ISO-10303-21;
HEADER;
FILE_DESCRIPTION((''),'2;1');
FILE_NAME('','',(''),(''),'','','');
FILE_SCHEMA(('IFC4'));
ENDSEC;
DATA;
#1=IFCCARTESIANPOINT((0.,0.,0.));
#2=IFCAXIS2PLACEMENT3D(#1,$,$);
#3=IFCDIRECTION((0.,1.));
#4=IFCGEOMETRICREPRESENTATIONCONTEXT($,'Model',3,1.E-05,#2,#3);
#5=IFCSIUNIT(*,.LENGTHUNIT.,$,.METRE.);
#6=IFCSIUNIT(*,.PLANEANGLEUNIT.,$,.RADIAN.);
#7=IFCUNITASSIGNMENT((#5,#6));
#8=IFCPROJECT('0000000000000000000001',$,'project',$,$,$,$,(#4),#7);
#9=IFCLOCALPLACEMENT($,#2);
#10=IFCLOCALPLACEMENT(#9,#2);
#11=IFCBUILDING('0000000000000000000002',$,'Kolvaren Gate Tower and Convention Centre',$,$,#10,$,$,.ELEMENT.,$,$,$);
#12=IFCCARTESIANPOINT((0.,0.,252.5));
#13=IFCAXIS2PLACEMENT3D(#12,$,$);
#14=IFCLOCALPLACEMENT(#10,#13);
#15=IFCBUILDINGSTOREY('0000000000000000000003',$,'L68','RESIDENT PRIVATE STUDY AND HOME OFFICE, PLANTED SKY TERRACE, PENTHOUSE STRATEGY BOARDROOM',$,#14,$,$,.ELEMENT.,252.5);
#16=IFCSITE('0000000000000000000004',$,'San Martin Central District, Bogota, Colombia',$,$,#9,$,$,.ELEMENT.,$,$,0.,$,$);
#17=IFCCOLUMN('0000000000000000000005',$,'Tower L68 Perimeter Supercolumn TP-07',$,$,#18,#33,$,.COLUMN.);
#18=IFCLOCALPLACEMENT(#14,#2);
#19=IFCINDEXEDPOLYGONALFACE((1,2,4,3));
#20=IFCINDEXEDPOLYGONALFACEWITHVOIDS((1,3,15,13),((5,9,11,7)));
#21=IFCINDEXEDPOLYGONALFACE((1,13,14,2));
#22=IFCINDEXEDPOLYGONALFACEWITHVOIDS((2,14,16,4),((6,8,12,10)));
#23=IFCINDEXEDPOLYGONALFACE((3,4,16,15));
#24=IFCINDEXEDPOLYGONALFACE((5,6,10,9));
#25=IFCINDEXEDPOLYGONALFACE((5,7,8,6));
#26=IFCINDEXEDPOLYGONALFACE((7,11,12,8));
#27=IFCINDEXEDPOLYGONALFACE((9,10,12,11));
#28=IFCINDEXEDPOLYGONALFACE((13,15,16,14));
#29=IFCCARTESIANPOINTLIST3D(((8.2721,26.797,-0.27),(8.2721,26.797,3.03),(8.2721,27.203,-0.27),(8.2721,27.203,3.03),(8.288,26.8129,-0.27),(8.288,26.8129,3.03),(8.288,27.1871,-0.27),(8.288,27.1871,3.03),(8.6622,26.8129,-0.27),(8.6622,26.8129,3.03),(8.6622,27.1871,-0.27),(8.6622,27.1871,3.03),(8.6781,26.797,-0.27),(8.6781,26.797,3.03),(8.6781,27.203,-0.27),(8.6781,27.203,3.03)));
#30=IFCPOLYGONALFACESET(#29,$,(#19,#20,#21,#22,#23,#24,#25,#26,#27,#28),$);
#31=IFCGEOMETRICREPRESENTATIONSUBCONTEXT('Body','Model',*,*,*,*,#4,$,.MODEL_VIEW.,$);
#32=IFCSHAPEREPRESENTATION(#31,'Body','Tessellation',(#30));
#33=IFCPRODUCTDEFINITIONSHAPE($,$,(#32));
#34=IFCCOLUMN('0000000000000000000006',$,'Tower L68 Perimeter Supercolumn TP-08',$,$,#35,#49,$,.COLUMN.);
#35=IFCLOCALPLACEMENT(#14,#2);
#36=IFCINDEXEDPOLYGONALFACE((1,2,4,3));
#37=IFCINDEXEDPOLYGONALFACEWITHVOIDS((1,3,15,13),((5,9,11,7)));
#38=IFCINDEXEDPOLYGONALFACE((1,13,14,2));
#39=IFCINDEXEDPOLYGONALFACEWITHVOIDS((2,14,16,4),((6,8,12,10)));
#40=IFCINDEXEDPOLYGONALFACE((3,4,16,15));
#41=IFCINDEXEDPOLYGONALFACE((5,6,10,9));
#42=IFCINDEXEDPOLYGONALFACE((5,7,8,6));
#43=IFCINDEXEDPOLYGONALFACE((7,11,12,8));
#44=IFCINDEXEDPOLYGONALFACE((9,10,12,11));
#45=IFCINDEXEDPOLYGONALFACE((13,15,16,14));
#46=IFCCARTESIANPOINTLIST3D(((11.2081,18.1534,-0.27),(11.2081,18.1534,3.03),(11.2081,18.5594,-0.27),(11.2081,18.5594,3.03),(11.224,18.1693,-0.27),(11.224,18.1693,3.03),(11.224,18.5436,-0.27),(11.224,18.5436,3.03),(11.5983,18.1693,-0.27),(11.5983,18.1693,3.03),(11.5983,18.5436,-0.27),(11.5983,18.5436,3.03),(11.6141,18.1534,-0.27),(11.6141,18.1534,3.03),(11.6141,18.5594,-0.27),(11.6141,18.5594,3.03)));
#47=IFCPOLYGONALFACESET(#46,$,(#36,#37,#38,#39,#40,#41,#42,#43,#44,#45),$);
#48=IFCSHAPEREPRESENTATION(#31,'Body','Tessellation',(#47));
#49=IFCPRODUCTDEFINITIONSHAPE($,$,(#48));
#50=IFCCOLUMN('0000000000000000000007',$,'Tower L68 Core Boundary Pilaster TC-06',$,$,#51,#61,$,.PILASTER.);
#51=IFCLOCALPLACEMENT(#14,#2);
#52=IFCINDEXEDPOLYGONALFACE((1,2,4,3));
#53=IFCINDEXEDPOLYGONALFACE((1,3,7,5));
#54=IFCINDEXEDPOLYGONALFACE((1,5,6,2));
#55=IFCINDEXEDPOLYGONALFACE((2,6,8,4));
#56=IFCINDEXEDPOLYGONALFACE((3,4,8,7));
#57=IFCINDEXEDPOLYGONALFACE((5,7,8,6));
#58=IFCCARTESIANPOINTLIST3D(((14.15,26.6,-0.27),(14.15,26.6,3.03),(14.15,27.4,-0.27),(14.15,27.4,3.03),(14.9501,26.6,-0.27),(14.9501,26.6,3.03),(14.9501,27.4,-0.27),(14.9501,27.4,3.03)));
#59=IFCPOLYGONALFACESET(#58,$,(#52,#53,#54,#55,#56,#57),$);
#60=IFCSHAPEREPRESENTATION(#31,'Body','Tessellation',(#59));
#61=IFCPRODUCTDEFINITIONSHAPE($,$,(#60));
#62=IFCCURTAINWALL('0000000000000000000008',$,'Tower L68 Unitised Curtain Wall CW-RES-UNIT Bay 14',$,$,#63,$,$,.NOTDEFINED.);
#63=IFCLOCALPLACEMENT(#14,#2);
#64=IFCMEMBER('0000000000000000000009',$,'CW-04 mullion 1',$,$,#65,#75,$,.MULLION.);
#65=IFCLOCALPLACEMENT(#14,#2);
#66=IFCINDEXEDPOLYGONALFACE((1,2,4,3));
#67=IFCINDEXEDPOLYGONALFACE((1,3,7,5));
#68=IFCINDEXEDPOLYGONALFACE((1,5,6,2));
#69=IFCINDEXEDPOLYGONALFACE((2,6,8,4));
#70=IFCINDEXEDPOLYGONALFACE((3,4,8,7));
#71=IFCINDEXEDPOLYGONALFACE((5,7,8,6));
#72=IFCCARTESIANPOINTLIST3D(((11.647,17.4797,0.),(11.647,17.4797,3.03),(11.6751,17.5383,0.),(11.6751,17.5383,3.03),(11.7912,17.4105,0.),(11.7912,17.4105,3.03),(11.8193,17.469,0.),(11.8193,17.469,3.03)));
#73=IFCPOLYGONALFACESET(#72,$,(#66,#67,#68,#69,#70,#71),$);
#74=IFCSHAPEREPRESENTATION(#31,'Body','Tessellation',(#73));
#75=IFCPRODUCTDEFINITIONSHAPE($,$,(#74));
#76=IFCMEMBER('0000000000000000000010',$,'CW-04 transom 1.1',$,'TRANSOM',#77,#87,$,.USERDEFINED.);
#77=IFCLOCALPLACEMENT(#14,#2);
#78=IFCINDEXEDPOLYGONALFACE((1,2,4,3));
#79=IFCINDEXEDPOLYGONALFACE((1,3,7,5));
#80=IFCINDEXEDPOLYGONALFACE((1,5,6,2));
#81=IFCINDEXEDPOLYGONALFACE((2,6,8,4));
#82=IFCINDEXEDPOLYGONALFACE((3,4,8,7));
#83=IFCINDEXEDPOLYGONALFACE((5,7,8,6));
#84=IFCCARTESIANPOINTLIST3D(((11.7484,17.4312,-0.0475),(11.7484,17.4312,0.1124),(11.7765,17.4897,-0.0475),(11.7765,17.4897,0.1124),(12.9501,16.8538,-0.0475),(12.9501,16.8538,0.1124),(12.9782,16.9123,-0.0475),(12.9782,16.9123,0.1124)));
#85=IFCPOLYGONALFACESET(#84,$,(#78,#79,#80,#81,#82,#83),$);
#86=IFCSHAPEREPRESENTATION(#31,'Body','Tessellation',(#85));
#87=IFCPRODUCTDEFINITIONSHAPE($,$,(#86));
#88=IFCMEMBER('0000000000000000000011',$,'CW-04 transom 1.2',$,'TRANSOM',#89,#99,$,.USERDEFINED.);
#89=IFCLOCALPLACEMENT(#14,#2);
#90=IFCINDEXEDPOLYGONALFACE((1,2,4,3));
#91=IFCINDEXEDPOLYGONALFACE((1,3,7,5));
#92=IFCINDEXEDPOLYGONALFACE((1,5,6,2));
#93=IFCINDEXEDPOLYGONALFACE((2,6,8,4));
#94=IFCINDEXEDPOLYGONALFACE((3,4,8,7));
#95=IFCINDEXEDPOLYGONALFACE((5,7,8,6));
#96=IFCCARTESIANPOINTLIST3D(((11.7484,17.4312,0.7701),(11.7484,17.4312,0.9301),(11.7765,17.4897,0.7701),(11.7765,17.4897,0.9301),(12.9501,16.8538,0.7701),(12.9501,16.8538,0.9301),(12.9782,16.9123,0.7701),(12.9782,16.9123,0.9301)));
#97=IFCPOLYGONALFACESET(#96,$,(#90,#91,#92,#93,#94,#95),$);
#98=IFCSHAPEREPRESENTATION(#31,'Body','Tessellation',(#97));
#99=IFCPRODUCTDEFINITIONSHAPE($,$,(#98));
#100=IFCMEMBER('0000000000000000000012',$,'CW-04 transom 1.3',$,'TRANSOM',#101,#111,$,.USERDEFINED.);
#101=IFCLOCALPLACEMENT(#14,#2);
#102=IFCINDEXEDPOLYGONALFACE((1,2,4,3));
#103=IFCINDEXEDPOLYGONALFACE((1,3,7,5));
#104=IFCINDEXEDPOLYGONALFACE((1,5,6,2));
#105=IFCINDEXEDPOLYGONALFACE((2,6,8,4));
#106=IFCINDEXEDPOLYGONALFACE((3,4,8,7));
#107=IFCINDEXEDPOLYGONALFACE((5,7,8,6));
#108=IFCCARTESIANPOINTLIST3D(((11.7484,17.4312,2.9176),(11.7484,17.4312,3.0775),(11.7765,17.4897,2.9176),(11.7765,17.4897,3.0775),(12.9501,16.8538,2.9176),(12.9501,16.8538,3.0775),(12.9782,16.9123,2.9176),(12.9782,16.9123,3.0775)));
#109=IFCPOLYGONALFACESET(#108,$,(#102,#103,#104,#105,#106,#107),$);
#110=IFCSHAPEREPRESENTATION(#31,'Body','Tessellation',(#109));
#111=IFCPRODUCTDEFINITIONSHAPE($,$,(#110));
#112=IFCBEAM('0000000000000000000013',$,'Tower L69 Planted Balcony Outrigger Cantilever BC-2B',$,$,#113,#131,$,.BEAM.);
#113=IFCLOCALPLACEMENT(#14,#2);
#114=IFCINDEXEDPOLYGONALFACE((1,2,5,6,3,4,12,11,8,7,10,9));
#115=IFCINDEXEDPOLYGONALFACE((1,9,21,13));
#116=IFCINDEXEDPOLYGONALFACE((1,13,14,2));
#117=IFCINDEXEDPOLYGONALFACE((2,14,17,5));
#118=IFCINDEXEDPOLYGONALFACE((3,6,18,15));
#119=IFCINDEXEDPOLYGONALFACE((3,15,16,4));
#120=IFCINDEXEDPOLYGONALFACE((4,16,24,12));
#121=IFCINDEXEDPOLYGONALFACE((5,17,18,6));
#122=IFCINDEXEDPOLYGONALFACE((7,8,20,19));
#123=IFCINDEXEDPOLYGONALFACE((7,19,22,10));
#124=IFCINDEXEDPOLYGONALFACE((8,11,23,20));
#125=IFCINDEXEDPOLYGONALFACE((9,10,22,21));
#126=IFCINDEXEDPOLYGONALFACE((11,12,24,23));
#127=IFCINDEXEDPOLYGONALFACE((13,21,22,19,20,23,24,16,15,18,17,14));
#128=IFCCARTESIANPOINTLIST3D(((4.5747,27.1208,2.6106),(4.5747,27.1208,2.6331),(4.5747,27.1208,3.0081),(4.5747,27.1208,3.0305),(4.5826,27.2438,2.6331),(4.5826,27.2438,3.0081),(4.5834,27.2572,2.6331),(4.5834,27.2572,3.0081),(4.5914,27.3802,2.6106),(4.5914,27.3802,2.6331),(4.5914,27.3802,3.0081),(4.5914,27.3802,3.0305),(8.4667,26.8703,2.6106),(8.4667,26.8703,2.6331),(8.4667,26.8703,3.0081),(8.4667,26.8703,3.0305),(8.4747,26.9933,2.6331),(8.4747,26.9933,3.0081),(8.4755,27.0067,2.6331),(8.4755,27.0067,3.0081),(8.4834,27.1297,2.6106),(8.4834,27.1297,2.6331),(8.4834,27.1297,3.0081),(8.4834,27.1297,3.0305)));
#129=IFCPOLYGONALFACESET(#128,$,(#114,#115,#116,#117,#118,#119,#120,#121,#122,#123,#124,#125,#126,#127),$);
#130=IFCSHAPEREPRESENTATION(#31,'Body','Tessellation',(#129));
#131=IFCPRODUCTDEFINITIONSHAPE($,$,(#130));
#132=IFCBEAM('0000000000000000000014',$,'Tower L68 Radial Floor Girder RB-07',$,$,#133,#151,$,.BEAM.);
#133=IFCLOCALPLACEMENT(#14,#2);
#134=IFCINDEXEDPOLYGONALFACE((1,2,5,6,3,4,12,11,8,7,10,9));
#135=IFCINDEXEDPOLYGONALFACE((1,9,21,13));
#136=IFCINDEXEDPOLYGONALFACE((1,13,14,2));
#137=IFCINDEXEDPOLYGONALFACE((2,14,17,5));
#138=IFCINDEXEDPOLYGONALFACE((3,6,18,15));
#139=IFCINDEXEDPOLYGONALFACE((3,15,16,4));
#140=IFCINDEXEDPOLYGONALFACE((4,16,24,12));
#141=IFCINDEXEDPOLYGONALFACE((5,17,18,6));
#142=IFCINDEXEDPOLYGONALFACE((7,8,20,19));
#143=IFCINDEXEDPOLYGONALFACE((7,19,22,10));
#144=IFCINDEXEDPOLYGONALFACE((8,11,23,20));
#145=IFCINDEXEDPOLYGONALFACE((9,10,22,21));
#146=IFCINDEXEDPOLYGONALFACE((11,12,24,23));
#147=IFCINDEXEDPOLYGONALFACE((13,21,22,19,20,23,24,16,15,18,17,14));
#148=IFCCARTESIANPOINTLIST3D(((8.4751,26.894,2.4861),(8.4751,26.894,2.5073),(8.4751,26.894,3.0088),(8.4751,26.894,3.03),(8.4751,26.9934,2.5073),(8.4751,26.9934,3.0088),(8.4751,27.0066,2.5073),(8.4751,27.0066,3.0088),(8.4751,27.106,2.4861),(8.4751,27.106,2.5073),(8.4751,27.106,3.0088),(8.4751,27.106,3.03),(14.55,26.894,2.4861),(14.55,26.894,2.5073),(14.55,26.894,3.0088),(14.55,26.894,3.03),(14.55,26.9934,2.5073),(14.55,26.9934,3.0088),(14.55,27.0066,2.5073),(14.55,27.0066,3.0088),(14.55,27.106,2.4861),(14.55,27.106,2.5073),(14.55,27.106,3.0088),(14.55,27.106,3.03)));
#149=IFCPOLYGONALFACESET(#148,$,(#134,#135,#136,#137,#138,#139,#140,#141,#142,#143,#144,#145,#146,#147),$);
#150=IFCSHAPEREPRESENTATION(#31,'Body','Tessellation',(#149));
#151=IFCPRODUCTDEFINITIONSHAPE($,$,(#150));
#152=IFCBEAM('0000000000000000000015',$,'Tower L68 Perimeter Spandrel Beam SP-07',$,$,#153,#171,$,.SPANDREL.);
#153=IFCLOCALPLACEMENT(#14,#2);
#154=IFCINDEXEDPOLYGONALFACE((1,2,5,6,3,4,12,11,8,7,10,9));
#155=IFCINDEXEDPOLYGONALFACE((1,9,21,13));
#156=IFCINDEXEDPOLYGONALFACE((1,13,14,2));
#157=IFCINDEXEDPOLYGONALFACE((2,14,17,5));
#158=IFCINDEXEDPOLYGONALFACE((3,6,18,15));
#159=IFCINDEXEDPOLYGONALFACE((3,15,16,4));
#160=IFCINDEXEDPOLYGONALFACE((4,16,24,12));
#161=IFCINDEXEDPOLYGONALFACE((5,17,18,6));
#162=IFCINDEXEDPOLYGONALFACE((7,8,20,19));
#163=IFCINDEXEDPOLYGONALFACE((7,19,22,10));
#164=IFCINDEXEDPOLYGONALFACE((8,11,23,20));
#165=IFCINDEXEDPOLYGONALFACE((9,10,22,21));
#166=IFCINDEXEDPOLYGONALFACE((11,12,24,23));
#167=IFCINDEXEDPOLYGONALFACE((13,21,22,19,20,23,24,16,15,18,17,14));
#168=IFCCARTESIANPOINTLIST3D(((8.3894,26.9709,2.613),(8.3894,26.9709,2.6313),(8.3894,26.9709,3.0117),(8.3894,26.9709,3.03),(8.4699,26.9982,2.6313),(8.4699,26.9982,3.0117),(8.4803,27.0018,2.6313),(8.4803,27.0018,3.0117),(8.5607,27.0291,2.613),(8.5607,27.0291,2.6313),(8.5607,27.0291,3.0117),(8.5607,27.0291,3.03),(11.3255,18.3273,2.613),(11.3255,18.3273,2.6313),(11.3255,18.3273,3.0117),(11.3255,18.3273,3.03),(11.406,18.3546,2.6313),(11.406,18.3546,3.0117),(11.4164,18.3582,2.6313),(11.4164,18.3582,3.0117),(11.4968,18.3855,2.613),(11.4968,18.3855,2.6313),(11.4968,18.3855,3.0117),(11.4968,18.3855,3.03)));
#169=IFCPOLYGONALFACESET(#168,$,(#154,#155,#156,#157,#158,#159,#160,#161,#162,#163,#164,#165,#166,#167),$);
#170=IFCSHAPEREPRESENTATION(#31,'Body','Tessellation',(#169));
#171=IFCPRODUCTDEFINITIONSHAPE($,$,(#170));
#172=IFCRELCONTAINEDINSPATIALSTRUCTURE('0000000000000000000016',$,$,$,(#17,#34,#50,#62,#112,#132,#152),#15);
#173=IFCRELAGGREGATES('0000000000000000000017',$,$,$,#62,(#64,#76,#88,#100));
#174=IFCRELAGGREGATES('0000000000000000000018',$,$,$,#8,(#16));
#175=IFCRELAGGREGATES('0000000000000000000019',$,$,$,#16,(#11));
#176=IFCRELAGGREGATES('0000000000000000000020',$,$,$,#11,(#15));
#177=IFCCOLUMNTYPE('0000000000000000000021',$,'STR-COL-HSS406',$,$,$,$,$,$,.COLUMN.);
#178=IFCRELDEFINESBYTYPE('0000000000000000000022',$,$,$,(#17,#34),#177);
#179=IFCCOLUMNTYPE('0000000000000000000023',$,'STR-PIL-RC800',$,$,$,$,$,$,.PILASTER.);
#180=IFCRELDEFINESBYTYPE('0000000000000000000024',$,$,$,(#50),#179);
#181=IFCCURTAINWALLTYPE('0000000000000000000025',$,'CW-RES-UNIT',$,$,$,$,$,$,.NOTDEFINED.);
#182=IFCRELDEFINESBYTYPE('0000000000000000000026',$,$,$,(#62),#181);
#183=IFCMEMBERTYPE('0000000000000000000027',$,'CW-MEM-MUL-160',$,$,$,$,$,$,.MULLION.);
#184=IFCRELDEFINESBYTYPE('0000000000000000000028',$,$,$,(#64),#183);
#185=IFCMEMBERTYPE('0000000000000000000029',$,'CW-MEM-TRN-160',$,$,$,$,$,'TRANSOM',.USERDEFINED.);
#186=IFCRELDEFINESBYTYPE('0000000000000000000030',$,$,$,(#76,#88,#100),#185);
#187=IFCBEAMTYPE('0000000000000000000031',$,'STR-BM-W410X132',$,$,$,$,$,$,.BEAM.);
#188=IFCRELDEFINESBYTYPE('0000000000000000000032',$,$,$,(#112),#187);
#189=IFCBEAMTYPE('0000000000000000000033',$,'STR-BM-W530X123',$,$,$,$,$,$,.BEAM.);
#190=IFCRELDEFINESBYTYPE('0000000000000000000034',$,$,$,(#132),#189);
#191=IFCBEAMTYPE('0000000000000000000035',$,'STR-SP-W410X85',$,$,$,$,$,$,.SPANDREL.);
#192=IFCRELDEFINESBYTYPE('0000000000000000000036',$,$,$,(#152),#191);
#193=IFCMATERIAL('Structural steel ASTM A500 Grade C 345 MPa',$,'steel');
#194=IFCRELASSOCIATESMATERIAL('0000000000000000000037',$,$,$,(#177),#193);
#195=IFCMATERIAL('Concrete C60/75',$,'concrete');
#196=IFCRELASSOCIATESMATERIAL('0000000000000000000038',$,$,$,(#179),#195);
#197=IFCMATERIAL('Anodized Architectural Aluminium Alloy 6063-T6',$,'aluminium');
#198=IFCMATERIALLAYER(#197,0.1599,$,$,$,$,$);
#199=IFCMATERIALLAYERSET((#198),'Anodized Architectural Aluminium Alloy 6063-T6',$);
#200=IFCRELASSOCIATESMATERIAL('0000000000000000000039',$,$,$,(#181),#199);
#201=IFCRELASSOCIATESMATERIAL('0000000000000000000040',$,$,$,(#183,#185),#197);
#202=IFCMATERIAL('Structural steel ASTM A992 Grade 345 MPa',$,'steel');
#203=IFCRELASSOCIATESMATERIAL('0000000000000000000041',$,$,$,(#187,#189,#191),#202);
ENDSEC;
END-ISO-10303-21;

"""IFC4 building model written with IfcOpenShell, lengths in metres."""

from ifc_helpers import new_model, si_unit, direction, frame, origin, origin_2d, place, context, subcontext, project, spatial, rectangle, hollow_rectangle, i_section, extrude, material, layer, layer_set, material_profile, profile_set, type_object, element, aggregate, save


model = new_model("IFC4")

# Units and contexts
model_context = context("Model", 3, precision=1e-05, world=origin(), true_north=direction((0.0, 1.0)))
body_context = subcontext(model_context, "Body", "Model", "MODEL_VIEW")
ifc_project = project(units=[si_unit("LENGTHUNIT", "METRE"), si_unit("PLANEANGLEUNIT", "RADIAN")], contexts=[model_context])

# Site, building, storey
site_placement = place(None, origin())
site = spatial("IfcSite", under=ifc_project, at=site_placement, Name="San Martin Central District, Bogota, Colombia", CompositionType="ELEMENT", RefElevation=0.0)
building_placement = place(site_placement, origin())
building = spatial("IfcBuilding", under=site, at=building_placement, Name="Kolvaren Gate Tower and Convention Centre", CompositionType="ELEMENT")
storey_placement = place(building_placement, frame((0.0, 0.0, 252.5)))
storey = spatial("IfcBuildingStorey", under=building, at=storey_placement, Name="L68", Description="RESIDENT PRIVATE STUDY AND HOME OFFICE, PLANTED SKY TERRACE, PENTHOUSE STRATEGY BOARDROOM", CompositionType="ELEMENT", Elevation=252.5)

# Columns
ifc_material_1 = material(Name="Structural steel ASTM A500 Grade C 345 MPa", Category="steel")
ifc_material_profile_1 = material_profile(ifc_material_1, hollow_rectangle(XDim=0.406, YDim=0.406, WallThickness=0.0159, at=origin_2d()), Name="HSS406X406X15.9")
ifc_profile_set_1 = profile_set([ifc_material_profile_1], Name="Structural steel ASTM A500 Grade C 345 MPa")
column_type_1 = type_object("IfcColumnType", Name="STR-COL-HSS406", PredefinedType="COLUMN", material=ifc_profile_set_1)
for number, where, z_axis, x_axis, name in (
    (1, (8.4751, 27.0, -0.27), (0.0, 0.0, 1.0), (1.0, 0.0, 0.0), "Tower L68 Perimeter Supercolumn TP-07"),
    (2, (11.4111, 18.3564, -0.27), (0.0, 0.0, 1.0), (1.0, 0.0, 0.0), "Tower L68 Perimeter Supercolumn TP-08"),
):
    element("IfcColumn", number, at=place(storey_placement, frame(where, z_axis=z_axis, x_axis=x_axis)), inside=storey, type_object=column_type_1, Name=name, PredefinedType="COLUMN", context=body_context, shape_type="SweptSolid", body=[
        extrude(hollow_rectangle(XDim=0.406, YDim=0.406, WallThickness=0.0159, at=origin_2d()), origin(), (0.0, 0.0, 1.0), 3.3),
    ])
ifc_material_2 = material(Name="Concrete C60/75", Category="concrete")
ifc_material_profile_2 = material_profile(ifc_material_2, rectangle(XDim=0.8, YDim=0.8, at=origin_2d()), Name="RC-COL-800X800")
ifc_profile_set_2 = profile_set([ifc_material_profile_2], Name="Concrete C60/75")
column_type_2 = type_object("IfcColumnType", Name="STR-PIL-RC800", PredefinedType="PILASTER", material=ifc_profile_set_2)
column_placement = place(storey_placement, frame((14.55, 27.0, -0.27), z_axis=(0.0, 0.0, 1.0), x_axis=(1.0, 0.0, 0.0)))
element("IfcColumn", 3, at=column_placement, inside=storey, type_object=column_type_2, Name="Tower L68 Core Boundary Pilaster TC-06", PredefinedType="PILASTER", context=body_context, shape_type="SweptSolid", body=[
    extrude(rectangle(XDim=0.8, YDim=0.8, at=origin_2d()), origin(), (0.0, 0.0, 1.0), 3.3),
])

# Curtain wall, members
ifc_material_3 = material(Name="Anodized Architectural Aluminium Alloy 6063-T6", Category="aluminium")
ifc_layer_1 = layer(ifc_material_3, 0.1599)
ifc_layer_set_1 = layer_set([ifc_layer_1], Name="Anodized Architectural Aluminium Alloy 6063-T6")
curtain_wall_type = type_object("IfcCurtainWallType", Name="CW-RES-UNIT", PredefinedType="NOTDEFINED", material=ifc_layer_set_1)
curtain_wall_placement = place(storey_placement, origin())
curtain_wall = element("IfcCurtainWall", 4, at=curtain_wall_placement, inside=storey, type_object=curtain_wall_type, Name="Tower L68 Unitised Curtain Wall CW-RES-UNIT Bay 14", PredefinedType="NOTDEFINED")
ifc_material_profile_3 = material_profile(ifc_material_3, rectangle(XDim=0.0649, YDim=0.1599, at=origin_2d()), Name="CW-MEM-MUL-160")
ifc_profile_set_3 = profile_set([ifc_material_profile_3], Name="Anodized Architectural Aluminium Alloy 6063-T6")
member_type_1 = type_object("IfcMemberType", Name="CW-MEM-MUL-160", PredefinedType="MULLION", material=ifc_profile_set_3)
member_1_placement = place(storey_placement, frame((11.7332, 17.4744, 0.0), z_axis=(0.0, 0.0, 1.0), x_axis=(0.433067, 0.901362, 0.0)))
member_1 = element("IfcMember", 5, at=member_1_placement, type_object=member_type_1, Name="CW-04 mullion 1", PredefinedType="MULLION", context=body_context, shape_type="SweptSolid", body=[
    extrude(rectangle(XDim=0.0649, YDim=0.1599, at=origin_2d()), origin(), (0.0, 0.0, 1.0), 3.03),
])
ifc_material_profile_4 = material_profile(ifc_material_3, rectangle(XDim=0.0649, YDim=0.1599, at=origin_2d()), Name="CW-MEM-TRN-160")
ifc_profile_set_4 = profile_set([ifc_material_profile_4], Name="Anodized Architectural Aluminium Alloy 6063-T6")
member_type_2 = type_object("IfcMemberType", Name="CW-MEM-TRN-160", ElementType="TRANSOM", PredefinedType="USERDEFINED", material=ifc_profile_set_4)
member_2_placement = place(storey_placement, frame((11.7625, 17.4604, 0.0325), z_axis=(0.901349, -0.433094, 0.0), x_axis=(0.433094, 0.901349, 0.0)))
member_2 = element("IfcMember", 6, at=member_2_placement, type_object=member_type_2, Name="CW-04 transom 1.1", ObjectType="TRANSOM", PredefinedType="USERDEFINED", context=body_context, shape_type="SweptSolid", body=[
    extrude(rectangle(XDim=0.0649, YDim=0.1599, at=origin_2d()), origin(), (0.0, 0.0, 1.0), 1.3333),
])
member_3_placement = place(storey_placement, frame((11.7625, 17.4604, 0.8501), z_axis=(0.901349, -0.433094, 0.0), x_axis=(0.433094, 0.901349, 0.0)))
member_3 = element("IfcMember", 7, at=member_3_placement, type_object=member_type_2, Name="CW-04 transom 1.2", ObjectType="TRANSOM", PredefinedType="USERDEFINED", context=body_context, shape_type="SweptSolid", body=[
    extrude(rectangle(XDim=0.0649, YDim=0.1599, at=origin_2d()), origin(), (0.0, 0.0, 1.0), 1.3333),
])
member_4_placement = place(storey_placement, frame((11.7625, 17.4604, 2.9976), z_axis=(0.901349, -0.433094, 0.0), x_axis=(0.433094, 0.901349, 0.0)))
member_4 = element("IfcMember", 8, at=member_4_placement, type_object=member_type_2, Name="CW-04 transom 1.3", ObjectType="TRANSOM", PredefinedType="USERDEFINED", context=body_context, shape_type="SweptSolid", body=[
    extrude(rectangle(XDim=0.0649, YDim=0.1599, at=origin_2d()), origin(), (0.0, 0.0, 1.0), 1.3333),
])
aggregate(curtain_wall, [member_1, member_2, member_3, member_4])

# Beams
ifc_material_4 = material(Name="Structural steel ASTM A992 Grade 345 MPa", Category="steel")
ifc_material_profile_5 = material_profile(ifc_material_4, i_section(OverallWidth=0.26, OverallDepth=0.4199, WebThickness=0.0134, FlangeThickness=0.0225, at=origin_2d()), Name="W410X132")
ifc_profile_set_5 = profile_set([ifc_material_profile_5], Name="Structural steel ASTM A992 Grade 345 MPa")
beam_type_1 = type_object("IfcBeamType", Name="STR-BM-W410X132", PredefinedType="BEAM", material=ifc_profile_set_5)
beam_1_placement = place(storey_placement, frame((8.4751, 27.0, 2.8206), z_axis=(-0.997935, 0.064225, 0.0), x_axis=(-0.064225, -0.997935, 0.0)))
element("IfcBeam", 9, at=beam_1_placement, inside=storey, type_object=beam_type_1, Name="Tower L69 Planted Balcony Outrigger Cantilever BC-2B", PredefinedType="BEAM", context=body_context, shape_type="SweptSolid", body=[
    extrude(i_section(OverallWidth=0.26, OverallDepth=0.4199, WebThickness=0.0134, FlangeThickness=0.0225, at=origin_2d()), origin(), (0.0, 0.0, 1.0), 3.9001),
])
ifc_material_profile_6 = material_profile(ifc_material_4, i_section(OverallWidth=0.2119, OverallDepth=0.5439, WebThickness=0.0132, FlangeThickness=0.0212, at=origin_2d()), Name="W530X123")
ifc_profile_set_6 = profile_set([ifc_material_profile_6], Name="Structural steel ASTM A992 Grade 345 MPa")
beam_type_2 = type_object("IfcBeamType", Name="STR-BM-W530X123", PredefinedType="BEAM", material=ifc_profile_set_6)
beam_2_placement = place(storey_placement, frame((14.55, 27.0, 2.7581), z_axis=(-1.0, 0.0, 0.0), x_axis=(0.0, -1.0, 0.0)))
element("IfcBeam", 10, at=beam_2_placement, inside=storey, type_object=beam_type_2, Name="Tower L68 Radial Floor Girder RB-07", PredefinedType="BEAM", context=body_context, shape_type="SweptSolid", body=[
    extrude(i_section(OverallWidth=0.2119, OverallDepth=0.5439, WebThickness=0.0132, FlangeThickness=0.0212, at=origin_2d()), origin(), (0.0, 0.0, 1.0), 6.075),
])
ifc_material_profile_7 = material_profile(ifc_material_4, i_section(OverallWidth=0.1809, OverallDepth=0.417, WebThickness=0.011, FlangeThickness=0.0183, at=origin_2d()), Name="W410X85")
ifc_profile_set_7 = profile_set([ifc_material_profile_7], Name="Structural steel ASTM A992 Grade 345 MPa")
beam_type_3 = type_object("IfcBeamType", Name="STR-SP-W410X85", PredefinedType="SPANDREL", material=ifc_profile_set_7)
beam_3_placement = place(storey_placement, frame((8.4751, 27.0, 2.8215), z_axis=(0.32163, -0.946865, 0.0), x_axis=(0.946865, 0.32163, 0.0)))
element("IfcBeam", 11, at=beam_3_placement, inside=storey, type_object=beam_type_3, Name="Tower L68 Perimeter Spandrel Beam SP-07", PredefinedType="SPANDREL", context=body_context, shape_type="SweptSolid", body=[
    extrude(i_section(OverallWidth=0.1809, OverallDepth=0.417, WebThickness=0.011, FlangeThickness=0.0183, at=origin_2d()), origin(), (0.0, 0.0, 1.0), 9.1287),
])

save(model, "model.ifc")
